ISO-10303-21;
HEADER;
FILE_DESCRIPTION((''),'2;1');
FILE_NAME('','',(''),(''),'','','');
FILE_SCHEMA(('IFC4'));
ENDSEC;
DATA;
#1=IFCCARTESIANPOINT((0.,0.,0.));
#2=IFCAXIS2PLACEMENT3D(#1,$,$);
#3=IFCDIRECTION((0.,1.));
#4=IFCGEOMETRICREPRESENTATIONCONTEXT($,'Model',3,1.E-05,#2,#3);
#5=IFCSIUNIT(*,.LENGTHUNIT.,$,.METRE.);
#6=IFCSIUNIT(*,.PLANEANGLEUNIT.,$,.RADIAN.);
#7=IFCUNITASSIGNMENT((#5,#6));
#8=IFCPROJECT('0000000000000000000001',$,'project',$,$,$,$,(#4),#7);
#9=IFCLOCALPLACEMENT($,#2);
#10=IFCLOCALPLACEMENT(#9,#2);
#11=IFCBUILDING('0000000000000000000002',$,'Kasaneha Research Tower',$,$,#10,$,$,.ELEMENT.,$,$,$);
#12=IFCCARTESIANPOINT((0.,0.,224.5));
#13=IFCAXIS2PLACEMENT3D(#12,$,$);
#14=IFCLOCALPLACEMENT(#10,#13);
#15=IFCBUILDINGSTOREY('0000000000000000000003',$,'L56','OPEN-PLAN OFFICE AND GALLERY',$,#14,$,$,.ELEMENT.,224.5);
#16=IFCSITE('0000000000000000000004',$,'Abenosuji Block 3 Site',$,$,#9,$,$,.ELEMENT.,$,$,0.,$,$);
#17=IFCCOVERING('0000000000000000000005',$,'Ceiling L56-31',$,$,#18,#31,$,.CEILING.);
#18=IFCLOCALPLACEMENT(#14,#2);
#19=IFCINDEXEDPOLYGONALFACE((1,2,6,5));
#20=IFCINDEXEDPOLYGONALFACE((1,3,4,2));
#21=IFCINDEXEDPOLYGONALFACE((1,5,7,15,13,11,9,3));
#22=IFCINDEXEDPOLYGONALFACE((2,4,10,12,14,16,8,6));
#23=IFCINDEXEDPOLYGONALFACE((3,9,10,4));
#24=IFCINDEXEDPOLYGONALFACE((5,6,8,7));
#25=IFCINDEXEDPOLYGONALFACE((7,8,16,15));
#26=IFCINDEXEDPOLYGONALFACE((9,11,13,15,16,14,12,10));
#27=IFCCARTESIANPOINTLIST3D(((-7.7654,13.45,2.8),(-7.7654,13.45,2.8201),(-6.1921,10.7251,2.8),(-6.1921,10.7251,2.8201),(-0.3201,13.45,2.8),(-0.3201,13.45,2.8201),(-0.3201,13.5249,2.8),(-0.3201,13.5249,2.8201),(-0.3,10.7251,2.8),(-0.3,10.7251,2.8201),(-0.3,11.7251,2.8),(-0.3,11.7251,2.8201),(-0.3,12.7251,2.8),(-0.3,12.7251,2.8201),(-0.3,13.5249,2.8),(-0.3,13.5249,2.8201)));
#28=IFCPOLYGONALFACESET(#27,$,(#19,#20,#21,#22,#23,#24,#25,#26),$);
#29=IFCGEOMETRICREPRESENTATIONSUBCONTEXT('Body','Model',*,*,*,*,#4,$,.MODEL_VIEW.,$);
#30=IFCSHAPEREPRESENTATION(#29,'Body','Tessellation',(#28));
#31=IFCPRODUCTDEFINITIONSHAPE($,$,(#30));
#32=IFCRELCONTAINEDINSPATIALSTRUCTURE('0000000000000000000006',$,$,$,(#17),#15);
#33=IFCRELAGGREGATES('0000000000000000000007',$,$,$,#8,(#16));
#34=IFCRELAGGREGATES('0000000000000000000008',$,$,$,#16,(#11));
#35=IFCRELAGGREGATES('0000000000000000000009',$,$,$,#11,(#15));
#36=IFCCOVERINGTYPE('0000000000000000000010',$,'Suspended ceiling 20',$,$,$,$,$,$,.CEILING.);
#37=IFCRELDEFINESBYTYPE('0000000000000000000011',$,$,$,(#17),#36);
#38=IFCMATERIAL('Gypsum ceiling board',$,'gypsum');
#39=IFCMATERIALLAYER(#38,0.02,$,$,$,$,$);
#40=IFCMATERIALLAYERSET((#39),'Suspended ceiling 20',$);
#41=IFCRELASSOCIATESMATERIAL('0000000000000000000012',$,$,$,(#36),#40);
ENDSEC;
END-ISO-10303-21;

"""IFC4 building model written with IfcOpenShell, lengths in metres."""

from ifc_helpers import new_model, si_unit, direction, frame, origin, place, context, subcontext, project, spatial, polyline, outline, extrude, material, layer, layer_set, type_object, element, save


model = new_model("IFC4")

# Units and contexts
model_context = context("Model", 3, precision=1e-05, world=origin(), true_north=direction((0.0, 1.0)))
body_context = subcontext(model_context, "Body", "Model", "MODEL_VIEW")
ifc_project = project(units=[si_unit("LENGTHUNIT", "METRE"), si_unit("PLANEANGLEUNIT", "RADIAN")], contexts=[model_context])

# Site, building, storey
site_placement = place(None, origin())
site = spatial("IfcSite", under=ifc_project, at=site_placement, Name="Abenosuji Block 3 Site", CompositionType="ELEMENT", RefElevation=0.0)
building_placement = place(site_placement, origin())
building = spatial("IfcBuilding", under=site, at=building_placement, Name="Kasaneha Research Tower", CompositionType="ELEMENT")
storey_placement = place(building_placement, frame((0.0, 0.0, 224.5)))
storey = spatial("IfcBuildingStorey", under=building, at=storey_placement, Name="L56", Description="OPEN-PLAN OFFICE AND GALLERY", CompositionType="ELEMENT", Elevation=224.5)

# Covering
ifc_material_1 = material(Name="Gypsum ceiling board", Category="gypsum")
ifc_layer_1 = layer(ifc_material_1, 0.02)
ifc_layer_set_1 = layer_set([ifc_layer_1], Name="Suspended ceiling 20")
covering_type_1 = type_object("IfcCoveringType", Name="Suspended ceiling 20", PredefinedType="CEILING", material=ifc_layer_set_1)
covering_1_placement = place(storey_placement, frame((0.0, 0.0, 2.8)))
element("IfcCovering", 1, at=covering_1_placement, inside=storey, type_object=covering_type_1, Name="Ceiling L56-31", PredefinedType="CEILING", context=body_context, shape_type="SweptSolid", body=[
    extrude(outline(polyline([(-0.3, 11.7251), (-0.3, 10.7251), (-6.1921, 10.7251), (-7.7654, 13.45), (-7.7654, 13.45), (-0.3201, 13.45), (-0.3201, 13.5249), (-0.3, 13.5249), (-0.3, 12.7251), (-0.3, 11.7251)])), origin(), (0.0, 0.0, 1.0), 0.02),
])

save(model, "model.ifc")
